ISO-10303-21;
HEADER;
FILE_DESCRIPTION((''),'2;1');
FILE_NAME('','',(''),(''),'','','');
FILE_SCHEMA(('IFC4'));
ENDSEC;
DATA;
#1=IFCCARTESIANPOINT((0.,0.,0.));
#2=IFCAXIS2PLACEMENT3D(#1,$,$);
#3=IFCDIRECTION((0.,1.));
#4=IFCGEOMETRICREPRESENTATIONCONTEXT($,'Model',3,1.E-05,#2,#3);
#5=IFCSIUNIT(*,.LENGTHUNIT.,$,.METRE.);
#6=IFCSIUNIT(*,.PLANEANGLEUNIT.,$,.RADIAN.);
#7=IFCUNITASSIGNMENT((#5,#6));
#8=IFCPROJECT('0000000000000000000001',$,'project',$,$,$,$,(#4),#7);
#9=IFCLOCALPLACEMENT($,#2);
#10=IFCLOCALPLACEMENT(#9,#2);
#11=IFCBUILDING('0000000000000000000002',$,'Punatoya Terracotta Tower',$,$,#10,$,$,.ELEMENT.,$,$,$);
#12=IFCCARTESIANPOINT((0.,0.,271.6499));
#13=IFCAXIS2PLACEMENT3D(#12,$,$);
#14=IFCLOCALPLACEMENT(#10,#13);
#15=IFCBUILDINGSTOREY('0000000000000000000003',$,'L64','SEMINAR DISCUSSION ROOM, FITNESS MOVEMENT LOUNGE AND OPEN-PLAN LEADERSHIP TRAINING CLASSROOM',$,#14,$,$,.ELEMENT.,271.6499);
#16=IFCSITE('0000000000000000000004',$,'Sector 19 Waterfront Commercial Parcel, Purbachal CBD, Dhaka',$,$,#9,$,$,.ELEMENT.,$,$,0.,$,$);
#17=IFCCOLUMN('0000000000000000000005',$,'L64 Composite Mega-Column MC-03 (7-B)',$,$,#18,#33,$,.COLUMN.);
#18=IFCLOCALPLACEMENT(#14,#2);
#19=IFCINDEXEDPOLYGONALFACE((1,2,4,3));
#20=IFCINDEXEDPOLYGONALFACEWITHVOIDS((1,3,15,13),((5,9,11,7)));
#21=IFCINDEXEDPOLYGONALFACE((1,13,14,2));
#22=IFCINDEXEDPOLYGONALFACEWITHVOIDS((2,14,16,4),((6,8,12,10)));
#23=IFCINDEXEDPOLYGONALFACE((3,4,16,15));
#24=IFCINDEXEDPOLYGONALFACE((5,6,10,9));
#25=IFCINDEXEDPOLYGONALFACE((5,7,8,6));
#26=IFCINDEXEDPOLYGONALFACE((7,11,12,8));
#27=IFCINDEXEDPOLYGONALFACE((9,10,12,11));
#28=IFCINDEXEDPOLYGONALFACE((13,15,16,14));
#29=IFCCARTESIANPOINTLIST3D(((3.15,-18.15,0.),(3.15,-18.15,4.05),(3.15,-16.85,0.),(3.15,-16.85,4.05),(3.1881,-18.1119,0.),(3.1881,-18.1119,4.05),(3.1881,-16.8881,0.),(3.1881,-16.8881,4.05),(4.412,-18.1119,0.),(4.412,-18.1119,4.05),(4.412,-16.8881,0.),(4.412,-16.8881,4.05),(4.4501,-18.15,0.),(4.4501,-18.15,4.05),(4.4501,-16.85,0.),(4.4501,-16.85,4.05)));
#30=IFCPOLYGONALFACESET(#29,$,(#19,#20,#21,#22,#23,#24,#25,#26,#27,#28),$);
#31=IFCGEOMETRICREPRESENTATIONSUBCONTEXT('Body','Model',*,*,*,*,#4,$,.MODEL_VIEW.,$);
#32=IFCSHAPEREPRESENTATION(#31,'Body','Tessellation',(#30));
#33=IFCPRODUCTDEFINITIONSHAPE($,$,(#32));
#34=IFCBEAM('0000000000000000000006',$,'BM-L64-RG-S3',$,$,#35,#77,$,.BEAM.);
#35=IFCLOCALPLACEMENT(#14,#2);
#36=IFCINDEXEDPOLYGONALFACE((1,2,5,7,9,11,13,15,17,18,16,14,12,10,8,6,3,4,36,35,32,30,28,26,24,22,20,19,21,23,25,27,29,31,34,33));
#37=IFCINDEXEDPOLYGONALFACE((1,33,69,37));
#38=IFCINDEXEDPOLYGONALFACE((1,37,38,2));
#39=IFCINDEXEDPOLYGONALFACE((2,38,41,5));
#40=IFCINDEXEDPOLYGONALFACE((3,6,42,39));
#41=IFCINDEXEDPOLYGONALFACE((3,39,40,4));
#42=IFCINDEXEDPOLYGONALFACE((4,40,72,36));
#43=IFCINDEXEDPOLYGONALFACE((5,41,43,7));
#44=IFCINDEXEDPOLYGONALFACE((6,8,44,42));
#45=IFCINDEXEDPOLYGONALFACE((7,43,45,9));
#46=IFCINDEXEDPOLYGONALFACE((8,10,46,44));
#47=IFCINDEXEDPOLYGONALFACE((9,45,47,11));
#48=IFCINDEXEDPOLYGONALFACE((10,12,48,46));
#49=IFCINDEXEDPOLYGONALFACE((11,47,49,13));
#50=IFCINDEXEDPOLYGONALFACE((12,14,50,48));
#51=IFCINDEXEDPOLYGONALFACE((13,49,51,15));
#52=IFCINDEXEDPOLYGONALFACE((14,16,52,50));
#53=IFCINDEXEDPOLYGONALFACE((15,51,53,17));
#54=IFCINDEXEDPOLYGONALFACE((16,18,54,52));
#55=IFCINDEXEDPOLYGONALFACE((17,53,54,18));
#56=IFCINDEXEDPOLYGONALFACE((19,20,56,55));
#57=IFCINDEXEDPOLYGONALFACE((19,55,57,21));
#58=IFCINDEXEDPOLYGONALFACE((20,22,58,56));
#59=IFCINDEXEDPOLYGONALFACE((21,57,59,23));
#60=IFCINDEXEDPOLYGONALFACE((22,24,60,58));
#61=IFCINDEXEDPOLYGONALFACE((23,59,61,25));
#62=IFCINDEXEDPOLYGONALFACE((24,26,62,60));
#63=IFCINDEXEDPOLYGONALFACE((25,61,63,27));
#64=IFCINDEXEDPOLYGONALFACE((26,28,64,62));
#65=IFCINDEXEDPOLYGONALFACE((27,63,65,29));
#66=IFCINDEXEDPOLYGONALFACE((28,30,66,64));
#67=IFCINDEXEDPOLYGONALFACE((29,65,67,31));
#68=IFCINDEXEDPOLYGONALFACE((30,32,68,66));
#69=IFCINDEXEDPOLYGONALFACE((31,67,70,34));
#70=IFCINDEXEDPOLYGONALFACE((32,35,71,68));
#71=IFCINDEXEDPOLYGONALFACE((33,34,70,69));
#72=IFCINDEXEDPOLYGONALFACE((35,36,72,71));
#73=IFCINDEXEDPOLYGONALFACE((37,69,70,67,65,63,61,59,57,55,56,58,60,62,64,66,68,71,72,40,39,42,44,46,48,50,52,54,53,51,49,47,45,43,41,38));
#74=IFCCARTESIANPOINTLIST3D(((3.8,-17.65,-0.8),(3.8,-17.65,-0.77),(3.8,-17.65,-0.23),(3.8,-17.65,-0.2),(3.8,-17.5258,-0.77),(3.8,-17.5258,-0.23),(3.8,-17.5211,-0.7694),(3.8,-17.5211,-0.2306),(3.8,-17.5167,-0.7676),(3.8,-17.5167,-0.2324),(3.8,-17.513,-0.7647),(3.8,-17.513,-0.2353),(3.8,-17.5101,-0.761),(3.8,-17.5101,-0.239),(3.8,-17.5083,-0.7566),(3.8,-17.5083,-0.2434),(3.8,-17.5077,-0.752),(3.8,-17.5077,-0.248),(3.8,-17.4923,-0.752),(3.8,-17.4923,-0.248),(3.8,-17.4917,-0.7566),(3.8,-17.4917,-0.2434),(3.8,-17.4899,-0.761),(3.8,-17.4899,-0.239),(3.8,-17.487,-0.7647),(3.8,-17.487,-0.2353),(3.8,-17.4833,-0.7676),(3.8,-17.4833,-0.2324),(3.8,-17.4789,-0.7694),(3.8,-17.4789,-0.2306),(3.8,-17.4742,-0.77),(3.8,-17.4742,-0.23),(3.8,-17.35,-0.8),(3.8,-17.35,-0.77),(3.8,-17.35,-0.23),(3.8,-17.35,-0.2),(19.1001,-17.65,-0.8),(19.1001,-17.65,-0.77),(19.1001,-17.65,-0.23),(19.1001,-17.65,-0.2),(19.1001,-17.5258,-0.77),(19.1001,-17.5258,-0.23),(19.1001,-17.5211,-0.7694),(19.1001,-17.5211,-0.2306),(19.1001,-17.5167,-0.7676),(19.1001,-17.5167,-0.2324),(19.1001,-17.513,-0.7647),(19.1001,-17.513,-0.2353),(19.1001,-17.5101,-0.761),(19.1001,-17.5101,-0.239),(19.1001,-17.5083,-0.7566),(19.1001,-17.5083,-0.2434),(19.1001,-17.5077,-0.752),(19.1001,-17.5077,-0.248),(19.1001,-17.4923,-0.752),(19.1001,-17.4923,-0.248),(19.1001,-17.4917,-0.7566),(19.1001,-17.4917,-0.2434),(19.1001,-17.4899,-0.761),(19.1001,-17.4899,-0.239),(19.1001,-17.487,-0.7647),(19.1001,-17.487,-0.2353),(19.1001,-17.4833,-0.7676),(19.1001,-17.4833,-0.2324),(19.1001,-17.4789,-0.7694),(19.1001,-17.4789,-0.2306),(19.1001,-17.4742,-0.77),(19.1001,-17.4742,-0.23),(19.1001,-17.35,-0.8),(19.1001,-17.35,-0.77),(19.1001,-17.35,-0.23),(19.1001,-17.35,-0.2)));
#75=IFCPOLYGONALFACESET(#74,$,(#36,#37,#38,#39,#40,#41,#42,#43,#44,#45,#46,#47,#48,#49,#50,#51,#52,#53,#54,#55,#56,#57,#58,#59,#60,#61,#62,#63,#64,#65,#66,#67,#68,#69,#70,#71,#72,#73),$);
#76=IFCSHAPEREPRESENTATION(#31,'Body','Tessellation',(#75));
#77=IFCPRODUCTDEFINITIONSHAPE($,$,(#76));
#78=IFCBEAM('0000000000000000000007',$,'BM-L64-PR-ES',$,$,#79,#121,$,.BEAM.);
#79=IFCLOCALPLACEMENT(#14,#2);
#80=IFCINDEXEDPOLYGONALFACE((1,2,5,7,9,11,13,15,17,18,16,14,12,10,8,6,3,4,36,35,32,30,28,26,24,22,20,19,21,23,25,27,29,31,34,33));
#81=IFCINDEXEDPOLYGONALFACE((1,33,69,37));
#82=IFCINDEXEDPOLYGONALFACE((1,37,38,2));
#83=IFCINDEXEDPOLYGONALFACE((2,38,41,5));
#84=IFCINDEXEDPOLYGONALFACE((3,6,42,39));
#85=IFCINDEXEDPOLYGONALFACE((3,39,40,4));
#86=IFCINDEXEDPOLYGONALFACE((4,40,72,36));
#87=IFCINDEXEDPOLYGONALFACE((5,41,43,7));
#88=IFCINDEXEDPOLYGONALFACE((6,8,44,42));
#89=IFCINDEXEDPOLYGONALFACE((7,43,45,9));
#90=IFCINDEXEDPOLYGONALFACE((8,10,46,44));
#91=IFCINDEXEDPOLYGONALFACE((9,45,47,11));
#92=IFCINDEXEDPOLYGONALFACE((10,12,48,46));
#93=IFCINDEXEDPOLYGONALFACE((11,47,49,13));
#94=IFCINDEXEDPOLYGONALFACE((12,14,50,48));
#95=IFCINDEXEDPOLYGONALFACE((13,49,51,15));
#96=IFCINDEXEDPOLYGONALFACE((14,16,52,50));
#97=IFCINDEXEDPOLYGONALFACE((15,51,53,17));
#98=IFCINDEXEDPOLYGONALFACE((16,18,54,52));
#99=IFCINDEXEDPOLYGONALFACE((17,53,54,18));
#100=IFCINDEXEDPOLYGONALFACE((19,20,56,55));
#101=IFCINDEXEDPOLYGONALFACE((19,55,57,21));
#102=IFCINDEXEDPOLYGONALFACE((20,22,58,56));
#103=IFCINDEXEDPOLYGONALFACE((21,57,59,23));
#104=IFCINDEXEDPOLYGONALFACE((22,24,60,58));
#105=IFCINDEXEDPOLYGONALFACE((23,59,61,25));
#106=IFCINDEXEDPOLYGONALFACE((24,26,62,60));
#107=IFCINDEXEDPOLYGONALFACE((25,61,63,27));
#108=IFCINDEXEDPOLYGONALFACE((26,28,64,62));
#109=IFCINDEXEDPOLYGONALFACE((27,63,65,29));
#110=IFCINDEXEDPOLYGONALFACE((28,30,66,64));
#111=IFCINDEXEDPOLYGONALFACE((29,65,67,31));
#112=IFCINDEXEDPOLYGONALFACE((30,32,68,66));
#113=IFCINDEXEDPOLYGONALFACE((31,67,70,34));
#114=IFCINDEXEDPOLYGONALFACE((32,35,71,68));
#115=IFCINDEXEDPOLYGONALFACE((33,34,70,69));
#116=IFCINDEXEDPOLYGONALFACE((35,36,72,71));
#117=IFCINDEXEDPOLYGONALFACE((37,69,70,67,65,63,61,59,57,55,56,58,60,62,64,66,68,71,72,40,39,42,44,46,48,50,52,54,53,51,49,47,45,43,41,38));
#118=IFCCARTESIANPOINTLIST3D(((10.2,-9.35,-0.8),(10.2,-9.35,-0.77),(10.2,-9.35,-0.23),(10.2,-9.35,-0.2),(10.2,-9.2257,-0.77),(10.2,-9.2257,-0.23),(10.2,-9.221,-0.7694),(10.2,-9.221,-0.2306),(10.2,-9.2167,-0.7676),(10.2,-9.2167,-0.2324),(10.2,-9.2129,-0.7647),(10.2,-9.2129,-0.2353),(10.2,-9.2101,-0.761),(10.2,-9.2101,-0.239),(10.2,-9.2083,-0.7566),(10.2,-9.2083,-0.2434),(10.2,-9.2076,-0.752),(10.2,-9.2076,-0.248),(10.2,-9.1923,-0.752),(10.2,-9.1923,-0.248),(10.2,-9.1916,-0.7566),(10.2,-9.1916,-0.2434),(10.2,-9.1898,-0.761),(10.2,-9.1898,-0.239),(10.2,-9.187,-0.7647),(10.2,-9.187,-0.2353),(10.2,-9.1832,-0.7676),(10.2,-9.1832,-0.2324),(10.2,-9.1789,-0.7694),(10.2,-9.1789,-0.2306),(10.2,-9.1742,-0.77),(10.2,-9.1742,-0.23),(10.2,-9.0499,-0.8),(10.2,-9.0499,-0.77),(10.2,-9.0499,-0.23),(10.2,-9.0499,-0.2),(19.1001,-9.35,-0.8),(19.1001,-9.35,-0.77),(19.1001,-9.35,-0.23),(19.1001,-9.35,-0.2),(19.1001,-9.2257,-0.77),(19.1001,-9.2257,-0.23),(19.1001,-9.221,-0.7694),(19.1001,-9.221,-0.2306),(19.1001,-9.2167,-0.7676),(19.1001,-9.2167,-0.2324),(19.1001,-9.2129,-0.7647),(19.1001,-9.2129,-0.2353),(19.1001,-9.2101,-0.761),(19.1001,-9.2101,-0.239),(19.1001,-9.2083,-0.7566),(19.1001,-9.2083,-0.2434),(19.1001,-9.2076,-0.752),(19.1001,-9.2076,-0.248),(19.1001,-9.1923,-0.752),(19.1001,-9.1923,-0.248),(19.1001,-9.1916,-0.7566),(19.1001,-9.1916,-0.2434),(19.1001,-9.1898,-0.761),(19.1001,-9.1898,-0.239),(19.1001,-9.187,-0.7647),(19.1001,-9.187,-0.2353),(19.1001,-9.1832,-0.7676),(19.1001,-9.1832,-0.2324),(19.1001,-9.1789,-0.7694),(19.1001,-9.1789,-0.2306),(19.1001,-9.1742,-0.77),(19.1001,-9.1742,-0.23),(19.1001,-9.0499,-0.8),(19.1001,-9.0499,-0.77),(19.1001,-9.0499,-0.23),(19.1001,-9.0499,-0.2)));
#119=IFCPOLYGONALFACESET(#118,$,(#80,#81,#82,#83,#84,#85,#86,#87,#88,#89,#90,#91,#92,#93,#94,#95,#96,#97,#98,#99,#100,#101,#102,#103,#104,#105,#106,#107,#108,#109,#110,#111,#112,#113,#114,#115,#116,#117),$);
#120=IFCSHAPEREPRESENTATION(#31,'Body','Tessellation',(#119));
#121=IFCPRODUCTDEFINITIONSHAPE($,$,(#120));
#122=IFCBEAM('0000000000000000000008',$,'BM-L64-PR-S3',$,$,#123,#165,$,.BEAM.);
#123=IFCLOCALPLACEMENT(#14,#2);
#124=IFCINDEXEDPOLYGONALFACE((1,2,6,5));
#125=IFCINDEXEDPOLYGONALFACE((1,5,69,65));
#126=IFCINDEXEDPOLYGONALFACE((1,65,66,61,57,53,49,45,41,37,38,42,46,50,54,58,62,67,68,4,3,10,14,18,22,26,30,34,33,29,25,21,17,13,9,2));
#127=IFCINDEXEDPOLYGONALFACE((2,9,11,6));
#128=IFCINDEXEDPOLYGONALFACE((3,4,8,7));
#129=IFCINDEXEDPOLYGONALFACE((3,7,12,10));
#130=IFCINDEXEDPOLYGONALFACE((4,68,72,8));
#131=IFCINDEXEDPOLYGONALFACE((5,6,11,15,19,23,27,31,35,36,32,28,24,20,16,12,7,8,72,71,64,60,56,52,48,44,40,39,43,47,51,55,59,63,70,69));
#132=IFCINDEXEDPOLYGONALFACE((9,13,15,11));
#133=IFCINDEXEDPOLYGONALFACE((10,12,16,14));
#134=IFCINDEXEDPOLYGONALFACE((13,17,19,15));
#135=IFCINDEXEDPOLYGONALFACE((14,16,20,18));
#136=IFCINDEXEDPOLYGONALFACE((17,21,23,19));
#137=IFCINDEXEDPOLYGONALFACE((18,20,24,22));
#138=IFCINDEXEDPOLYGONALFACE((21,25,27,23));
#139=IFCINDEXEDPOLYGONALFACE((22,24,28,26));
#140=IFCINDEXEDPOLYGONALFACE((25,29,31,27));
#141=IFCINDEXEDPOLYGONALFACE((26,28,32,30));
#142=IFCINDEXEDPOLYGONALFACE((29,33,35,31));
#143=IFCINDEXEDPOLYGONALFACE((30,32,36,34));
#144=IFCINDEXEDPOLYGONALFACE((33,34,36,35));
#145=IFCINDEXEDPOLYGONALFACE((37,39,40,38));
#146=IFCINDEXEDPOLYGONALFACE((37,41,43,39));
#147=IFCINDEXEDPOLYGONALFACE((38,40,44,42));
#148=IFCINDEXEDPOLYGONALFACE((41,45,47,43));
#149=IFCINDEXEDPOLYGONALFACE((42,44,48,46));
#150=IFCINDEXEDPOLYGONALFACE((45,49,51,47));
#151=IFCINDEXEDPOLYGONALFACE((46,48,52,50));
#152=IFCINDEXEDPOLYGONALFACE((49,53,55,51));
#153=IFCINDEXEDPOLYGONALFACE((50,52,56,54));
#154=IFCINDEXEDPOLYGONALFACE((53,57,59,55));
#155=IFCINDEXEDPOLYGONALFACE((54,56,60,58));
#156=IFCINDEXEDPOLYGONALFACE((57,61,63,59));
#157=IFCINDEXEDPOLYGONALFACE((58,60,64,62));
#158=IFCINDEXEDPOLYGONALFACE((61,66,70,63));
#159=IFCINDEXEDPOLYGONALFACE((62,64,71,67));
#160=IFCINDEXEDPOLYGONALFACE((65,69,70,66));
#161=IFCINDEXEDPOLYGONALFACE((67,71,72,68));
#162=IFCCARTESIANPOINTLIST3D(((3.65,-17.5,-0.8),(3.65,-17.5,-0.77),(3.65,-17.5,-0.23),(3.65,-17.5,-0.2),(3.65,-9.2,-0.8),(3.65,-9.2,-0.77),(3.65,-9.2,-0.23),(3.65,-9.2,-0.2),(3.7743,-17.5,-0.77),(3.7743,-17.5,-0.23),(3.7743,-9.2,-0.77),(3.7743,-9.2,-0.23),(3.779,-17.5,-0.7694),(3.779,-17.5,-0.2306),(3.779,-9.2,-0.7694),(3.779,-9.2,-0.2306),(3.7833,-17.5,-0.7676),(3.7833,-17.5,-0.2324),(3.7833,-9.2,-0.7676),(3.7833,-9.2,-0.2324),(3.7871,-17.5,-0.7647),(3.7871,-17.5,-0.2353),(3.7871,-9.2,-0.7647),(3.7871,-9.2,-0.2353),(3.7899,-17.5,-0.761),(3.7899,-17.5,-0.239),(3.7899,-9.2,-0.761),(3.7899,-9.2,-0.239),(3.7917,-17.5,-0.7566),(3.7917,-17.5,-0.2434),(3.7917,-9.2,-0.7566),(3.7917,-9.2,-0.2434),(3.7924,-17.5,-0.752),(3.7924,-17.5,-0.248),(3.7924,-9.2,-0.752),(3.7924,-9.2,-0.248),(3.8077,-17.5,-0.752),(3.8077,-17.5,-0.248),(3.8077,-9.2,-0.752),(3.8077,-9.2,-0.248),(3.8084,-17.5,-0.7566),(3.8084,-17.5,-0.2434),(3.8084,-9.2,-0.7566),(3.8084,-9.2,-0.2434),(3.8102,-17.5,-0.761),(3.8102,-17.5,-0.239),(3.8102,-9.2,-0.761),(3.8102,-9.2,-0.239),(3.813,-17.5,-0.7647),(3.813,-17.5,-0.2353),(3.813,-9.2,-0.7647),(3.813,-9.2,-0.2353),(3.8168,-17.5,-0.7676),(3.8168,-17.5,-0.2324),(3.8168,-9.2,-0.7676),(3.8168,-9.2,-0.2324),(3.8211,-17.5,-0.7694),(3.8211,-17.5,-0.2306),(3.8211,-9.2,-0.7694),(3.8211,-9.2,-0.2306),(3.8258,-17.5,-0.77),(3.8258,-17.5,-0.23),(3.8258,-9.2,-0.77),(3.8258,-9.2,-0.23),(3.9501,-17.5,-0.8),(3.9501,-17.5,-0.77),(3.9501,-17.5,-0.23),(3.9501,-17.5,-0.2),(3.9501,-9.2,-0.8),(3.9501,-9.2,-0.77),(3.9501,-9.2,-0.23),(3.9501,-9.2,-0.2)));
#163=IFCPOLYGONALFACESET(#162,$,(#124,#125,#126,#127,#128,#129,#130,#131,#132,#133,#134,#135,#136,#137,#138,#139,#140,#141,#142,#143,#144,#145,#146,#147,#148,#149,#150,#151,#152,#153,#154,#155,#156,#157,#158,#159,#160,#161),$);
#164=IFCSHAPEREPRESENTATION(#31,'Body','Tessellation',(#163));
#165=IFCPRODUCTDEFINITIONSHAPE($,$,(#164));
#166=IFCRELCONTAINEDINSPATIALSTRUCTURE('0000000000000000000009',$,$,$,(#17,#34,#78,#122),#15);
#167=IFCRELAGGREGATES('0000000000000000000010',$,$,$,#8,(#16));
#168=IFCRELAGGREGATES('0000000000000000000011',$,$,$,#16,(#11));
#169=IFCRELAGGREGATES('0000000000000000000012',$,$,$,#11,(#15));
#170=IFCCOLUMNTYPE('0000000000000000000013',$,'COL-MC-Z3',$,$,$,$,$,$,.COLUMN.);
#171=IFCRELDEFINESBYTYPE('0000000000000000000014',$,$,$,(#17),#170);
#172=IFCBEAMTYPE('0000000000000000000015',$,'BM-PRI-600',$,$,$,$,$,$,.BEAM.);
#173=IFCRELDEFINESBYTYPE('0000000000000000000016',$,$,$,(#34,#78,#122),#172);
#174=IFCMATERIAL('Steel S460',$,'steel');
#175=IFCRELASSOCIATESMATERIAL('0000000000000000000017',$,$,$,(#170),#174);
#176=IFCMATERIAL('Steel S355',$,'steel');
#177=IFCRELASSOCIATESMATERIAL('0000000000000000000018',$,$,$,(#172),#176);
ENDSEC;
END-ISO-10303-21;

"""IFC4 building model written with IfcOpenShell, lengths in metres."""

from ifc_helpers import new_model, si_unit, direction, frame, origin, origin_2d, place, context, subcontext, project, spatial, hollow_rectangle, i_section, extrude, material, material_profile, profile_set, type_object, element, save


model = new_model("IFC4")

# Units and contexts
model_context = context("Model", 3, precision=1e-05, world=origin(), true_north=direction((0.0, 1.0)))
body_context = subcontext(model_context, "Body", "Model", "MODEL_VIEW")
ifc_project = project(units=[si_unit("LENGTHUNIT", "METRE"), si_unit("PLANEANGLEUNIT", "RADIAN")], contexts=[model_context])

# Site, building, storey
site_placement = place(None, origin())
site = spatial("IfcSite", under=ifc_project, at=site_placement, Name="Sector 19 Waterfront Commercial Parcel, Purbachal CBD, Dhaka", CompositionType="ELEMENT", RefElevation=0.0)
building_placement = place(site_placement, origin())
building = spatial("IfcBuilding", under=site, at=building_placement, Name="Punatoya Terracotta Tower", CompositionType="ELEMENT")
storey_placement = place(building_placement, frame((0.0, 0.0, 271.6499)))
storey = spatial("IfcBuildingStorey", under=building, at=storey_placement, Name="L64", Description="SEMINAR DISCUSSION ROOM, FITNESS MOVEMENT LOUNGE AND OPEN-PLAN LEADERSHIP TRAINING CLASSROOM", CompositionType="ELEMENT", Elevation=271.6499)

# Column
ifc_material_1 = material(Name="Steel S460", Category="steel")
ifc_material_profile_1 = material_profile(ifc_material_1, hollow_rectangle(XDim=1.3, YDim=1.3, WallThickness=0.0381, at=origin_2d()))
ifc_profile_set_1 = profile_set([ifc_material_profile_1], Name="Steel S460")
column_type = type_object("IfcColumnType", Name="COL-MC-Z3", PredefinedType="COLUMN", material=ifc_profile_set_1)
column_placement = place(storey_placement, frame((3.8, -17.5, 0.0), z_axis=(0.0, 0.0, 1.0), x_axis=(1.0, 0.0, 0.0)))
element("IfcColumn", 1, at=column_placement, inside=storey, type_object=column_type, Name="L64 Composite Mega-Column MC-03 (7-B)", PredefinedType="COLUMN", context=body_context, shape_type="SweptSolid", body=[
    extrude(hollow_rectangle(XDim=1.3, YDim=1.3, WallThickness=0.0381, at=origin_2d()), origin(), (0.0, 0.0, 1.0), 4.05),
])

# Beams
ifc_material_2 = material(Name="Steel S355", Category="steel")
ifc_material_profile_2 = material_profile(ifc_material_2, i_section(OverallWidth=0.3, OverallDepth=0.6001, WebThickness=0.0154, FlangeThickness=0.03, FilletRadius=0.0181, at=origin_2d()))
ifc_profile_set_2 = profile_set([ifc_material_profile_2], Name="Steel S355")
beam_type_1 = type_object("IfcBeamType", Name="BM-PRI-600", PredefinedType="BEAM", material=ifc_profile_set_2)
beam_1_placement = place(storey_placement, frame((3.8, -17.5, -0.5), z_axis=(1.0, 0.0, 0.0), x_axis=(0.0, 1.0, 0.0)))
element("IfcBeam", 2, at=beam_1_placement, inside=storey, type_object=beam_type_1, Name="BM-L64-RG-S3", PredefinedType="BEAM", context=body_context, shape_type="SweptSolid", body=[
    extrude(i_section(OverallWidth=0.3, OverallDepth=0.6001, WebThickness=0.0154, FlangeThickness=0.03, FilletRadius=0.0181, at=origin_2d()), origin(), (0.0, 0.0, 1.0), 15.3),
])
beam_2_placement = place(storey_placement, frame((10.2, -9.2, -0.5), z_axis=(1.0, 0.0, 0.0), x_axis=(0.0, 1.0, 0.0)))
element("IfcBeam", 3, at=beam_2_placement, inside=storey, type_object=beam_type_1, Name="BM-L64-PR-ES", PredefinedType="BEAM", context=body_context, shape_type="SweptSolid", body=[
    extrude(i_section(OverallWidth=0.3, OverallDepth=0.6001, WebThickness=0.0154, FlangeThickness=0.03, FilletRadius=0.0181, at=origin_2d()), origin(), (0.0, 0.0, 1.0), 8.9001),
])
for number, where, z_axis, x_axis, name in (
    (4, (3.8, -17.5, -0.5), (0.0, 1.0, 0.0), (-1.0, 0.0, 0.0), "BM-L64-PR-S3"),
):
    element("IfcBeam", number, at=place(storey_placement, frame(where, z_axis=z_axis, x_axis=x_axis)), inside=storey, type_object=beam_type_1, Name=name, PredefinedType="BEAM", context=body_context, shape_type="SweptSolid", body=[
        extrude(i_section(OverallWidth=0.3, OverallDepth=0.6001, WebThickness=0.0154, FlangeThickness=0.03, FilletRadius=0.0181, at=origin_2d()), origin(), (0.0, 0.0, 1.0), 8.3),
    ])

save(model, "model.ifc")
